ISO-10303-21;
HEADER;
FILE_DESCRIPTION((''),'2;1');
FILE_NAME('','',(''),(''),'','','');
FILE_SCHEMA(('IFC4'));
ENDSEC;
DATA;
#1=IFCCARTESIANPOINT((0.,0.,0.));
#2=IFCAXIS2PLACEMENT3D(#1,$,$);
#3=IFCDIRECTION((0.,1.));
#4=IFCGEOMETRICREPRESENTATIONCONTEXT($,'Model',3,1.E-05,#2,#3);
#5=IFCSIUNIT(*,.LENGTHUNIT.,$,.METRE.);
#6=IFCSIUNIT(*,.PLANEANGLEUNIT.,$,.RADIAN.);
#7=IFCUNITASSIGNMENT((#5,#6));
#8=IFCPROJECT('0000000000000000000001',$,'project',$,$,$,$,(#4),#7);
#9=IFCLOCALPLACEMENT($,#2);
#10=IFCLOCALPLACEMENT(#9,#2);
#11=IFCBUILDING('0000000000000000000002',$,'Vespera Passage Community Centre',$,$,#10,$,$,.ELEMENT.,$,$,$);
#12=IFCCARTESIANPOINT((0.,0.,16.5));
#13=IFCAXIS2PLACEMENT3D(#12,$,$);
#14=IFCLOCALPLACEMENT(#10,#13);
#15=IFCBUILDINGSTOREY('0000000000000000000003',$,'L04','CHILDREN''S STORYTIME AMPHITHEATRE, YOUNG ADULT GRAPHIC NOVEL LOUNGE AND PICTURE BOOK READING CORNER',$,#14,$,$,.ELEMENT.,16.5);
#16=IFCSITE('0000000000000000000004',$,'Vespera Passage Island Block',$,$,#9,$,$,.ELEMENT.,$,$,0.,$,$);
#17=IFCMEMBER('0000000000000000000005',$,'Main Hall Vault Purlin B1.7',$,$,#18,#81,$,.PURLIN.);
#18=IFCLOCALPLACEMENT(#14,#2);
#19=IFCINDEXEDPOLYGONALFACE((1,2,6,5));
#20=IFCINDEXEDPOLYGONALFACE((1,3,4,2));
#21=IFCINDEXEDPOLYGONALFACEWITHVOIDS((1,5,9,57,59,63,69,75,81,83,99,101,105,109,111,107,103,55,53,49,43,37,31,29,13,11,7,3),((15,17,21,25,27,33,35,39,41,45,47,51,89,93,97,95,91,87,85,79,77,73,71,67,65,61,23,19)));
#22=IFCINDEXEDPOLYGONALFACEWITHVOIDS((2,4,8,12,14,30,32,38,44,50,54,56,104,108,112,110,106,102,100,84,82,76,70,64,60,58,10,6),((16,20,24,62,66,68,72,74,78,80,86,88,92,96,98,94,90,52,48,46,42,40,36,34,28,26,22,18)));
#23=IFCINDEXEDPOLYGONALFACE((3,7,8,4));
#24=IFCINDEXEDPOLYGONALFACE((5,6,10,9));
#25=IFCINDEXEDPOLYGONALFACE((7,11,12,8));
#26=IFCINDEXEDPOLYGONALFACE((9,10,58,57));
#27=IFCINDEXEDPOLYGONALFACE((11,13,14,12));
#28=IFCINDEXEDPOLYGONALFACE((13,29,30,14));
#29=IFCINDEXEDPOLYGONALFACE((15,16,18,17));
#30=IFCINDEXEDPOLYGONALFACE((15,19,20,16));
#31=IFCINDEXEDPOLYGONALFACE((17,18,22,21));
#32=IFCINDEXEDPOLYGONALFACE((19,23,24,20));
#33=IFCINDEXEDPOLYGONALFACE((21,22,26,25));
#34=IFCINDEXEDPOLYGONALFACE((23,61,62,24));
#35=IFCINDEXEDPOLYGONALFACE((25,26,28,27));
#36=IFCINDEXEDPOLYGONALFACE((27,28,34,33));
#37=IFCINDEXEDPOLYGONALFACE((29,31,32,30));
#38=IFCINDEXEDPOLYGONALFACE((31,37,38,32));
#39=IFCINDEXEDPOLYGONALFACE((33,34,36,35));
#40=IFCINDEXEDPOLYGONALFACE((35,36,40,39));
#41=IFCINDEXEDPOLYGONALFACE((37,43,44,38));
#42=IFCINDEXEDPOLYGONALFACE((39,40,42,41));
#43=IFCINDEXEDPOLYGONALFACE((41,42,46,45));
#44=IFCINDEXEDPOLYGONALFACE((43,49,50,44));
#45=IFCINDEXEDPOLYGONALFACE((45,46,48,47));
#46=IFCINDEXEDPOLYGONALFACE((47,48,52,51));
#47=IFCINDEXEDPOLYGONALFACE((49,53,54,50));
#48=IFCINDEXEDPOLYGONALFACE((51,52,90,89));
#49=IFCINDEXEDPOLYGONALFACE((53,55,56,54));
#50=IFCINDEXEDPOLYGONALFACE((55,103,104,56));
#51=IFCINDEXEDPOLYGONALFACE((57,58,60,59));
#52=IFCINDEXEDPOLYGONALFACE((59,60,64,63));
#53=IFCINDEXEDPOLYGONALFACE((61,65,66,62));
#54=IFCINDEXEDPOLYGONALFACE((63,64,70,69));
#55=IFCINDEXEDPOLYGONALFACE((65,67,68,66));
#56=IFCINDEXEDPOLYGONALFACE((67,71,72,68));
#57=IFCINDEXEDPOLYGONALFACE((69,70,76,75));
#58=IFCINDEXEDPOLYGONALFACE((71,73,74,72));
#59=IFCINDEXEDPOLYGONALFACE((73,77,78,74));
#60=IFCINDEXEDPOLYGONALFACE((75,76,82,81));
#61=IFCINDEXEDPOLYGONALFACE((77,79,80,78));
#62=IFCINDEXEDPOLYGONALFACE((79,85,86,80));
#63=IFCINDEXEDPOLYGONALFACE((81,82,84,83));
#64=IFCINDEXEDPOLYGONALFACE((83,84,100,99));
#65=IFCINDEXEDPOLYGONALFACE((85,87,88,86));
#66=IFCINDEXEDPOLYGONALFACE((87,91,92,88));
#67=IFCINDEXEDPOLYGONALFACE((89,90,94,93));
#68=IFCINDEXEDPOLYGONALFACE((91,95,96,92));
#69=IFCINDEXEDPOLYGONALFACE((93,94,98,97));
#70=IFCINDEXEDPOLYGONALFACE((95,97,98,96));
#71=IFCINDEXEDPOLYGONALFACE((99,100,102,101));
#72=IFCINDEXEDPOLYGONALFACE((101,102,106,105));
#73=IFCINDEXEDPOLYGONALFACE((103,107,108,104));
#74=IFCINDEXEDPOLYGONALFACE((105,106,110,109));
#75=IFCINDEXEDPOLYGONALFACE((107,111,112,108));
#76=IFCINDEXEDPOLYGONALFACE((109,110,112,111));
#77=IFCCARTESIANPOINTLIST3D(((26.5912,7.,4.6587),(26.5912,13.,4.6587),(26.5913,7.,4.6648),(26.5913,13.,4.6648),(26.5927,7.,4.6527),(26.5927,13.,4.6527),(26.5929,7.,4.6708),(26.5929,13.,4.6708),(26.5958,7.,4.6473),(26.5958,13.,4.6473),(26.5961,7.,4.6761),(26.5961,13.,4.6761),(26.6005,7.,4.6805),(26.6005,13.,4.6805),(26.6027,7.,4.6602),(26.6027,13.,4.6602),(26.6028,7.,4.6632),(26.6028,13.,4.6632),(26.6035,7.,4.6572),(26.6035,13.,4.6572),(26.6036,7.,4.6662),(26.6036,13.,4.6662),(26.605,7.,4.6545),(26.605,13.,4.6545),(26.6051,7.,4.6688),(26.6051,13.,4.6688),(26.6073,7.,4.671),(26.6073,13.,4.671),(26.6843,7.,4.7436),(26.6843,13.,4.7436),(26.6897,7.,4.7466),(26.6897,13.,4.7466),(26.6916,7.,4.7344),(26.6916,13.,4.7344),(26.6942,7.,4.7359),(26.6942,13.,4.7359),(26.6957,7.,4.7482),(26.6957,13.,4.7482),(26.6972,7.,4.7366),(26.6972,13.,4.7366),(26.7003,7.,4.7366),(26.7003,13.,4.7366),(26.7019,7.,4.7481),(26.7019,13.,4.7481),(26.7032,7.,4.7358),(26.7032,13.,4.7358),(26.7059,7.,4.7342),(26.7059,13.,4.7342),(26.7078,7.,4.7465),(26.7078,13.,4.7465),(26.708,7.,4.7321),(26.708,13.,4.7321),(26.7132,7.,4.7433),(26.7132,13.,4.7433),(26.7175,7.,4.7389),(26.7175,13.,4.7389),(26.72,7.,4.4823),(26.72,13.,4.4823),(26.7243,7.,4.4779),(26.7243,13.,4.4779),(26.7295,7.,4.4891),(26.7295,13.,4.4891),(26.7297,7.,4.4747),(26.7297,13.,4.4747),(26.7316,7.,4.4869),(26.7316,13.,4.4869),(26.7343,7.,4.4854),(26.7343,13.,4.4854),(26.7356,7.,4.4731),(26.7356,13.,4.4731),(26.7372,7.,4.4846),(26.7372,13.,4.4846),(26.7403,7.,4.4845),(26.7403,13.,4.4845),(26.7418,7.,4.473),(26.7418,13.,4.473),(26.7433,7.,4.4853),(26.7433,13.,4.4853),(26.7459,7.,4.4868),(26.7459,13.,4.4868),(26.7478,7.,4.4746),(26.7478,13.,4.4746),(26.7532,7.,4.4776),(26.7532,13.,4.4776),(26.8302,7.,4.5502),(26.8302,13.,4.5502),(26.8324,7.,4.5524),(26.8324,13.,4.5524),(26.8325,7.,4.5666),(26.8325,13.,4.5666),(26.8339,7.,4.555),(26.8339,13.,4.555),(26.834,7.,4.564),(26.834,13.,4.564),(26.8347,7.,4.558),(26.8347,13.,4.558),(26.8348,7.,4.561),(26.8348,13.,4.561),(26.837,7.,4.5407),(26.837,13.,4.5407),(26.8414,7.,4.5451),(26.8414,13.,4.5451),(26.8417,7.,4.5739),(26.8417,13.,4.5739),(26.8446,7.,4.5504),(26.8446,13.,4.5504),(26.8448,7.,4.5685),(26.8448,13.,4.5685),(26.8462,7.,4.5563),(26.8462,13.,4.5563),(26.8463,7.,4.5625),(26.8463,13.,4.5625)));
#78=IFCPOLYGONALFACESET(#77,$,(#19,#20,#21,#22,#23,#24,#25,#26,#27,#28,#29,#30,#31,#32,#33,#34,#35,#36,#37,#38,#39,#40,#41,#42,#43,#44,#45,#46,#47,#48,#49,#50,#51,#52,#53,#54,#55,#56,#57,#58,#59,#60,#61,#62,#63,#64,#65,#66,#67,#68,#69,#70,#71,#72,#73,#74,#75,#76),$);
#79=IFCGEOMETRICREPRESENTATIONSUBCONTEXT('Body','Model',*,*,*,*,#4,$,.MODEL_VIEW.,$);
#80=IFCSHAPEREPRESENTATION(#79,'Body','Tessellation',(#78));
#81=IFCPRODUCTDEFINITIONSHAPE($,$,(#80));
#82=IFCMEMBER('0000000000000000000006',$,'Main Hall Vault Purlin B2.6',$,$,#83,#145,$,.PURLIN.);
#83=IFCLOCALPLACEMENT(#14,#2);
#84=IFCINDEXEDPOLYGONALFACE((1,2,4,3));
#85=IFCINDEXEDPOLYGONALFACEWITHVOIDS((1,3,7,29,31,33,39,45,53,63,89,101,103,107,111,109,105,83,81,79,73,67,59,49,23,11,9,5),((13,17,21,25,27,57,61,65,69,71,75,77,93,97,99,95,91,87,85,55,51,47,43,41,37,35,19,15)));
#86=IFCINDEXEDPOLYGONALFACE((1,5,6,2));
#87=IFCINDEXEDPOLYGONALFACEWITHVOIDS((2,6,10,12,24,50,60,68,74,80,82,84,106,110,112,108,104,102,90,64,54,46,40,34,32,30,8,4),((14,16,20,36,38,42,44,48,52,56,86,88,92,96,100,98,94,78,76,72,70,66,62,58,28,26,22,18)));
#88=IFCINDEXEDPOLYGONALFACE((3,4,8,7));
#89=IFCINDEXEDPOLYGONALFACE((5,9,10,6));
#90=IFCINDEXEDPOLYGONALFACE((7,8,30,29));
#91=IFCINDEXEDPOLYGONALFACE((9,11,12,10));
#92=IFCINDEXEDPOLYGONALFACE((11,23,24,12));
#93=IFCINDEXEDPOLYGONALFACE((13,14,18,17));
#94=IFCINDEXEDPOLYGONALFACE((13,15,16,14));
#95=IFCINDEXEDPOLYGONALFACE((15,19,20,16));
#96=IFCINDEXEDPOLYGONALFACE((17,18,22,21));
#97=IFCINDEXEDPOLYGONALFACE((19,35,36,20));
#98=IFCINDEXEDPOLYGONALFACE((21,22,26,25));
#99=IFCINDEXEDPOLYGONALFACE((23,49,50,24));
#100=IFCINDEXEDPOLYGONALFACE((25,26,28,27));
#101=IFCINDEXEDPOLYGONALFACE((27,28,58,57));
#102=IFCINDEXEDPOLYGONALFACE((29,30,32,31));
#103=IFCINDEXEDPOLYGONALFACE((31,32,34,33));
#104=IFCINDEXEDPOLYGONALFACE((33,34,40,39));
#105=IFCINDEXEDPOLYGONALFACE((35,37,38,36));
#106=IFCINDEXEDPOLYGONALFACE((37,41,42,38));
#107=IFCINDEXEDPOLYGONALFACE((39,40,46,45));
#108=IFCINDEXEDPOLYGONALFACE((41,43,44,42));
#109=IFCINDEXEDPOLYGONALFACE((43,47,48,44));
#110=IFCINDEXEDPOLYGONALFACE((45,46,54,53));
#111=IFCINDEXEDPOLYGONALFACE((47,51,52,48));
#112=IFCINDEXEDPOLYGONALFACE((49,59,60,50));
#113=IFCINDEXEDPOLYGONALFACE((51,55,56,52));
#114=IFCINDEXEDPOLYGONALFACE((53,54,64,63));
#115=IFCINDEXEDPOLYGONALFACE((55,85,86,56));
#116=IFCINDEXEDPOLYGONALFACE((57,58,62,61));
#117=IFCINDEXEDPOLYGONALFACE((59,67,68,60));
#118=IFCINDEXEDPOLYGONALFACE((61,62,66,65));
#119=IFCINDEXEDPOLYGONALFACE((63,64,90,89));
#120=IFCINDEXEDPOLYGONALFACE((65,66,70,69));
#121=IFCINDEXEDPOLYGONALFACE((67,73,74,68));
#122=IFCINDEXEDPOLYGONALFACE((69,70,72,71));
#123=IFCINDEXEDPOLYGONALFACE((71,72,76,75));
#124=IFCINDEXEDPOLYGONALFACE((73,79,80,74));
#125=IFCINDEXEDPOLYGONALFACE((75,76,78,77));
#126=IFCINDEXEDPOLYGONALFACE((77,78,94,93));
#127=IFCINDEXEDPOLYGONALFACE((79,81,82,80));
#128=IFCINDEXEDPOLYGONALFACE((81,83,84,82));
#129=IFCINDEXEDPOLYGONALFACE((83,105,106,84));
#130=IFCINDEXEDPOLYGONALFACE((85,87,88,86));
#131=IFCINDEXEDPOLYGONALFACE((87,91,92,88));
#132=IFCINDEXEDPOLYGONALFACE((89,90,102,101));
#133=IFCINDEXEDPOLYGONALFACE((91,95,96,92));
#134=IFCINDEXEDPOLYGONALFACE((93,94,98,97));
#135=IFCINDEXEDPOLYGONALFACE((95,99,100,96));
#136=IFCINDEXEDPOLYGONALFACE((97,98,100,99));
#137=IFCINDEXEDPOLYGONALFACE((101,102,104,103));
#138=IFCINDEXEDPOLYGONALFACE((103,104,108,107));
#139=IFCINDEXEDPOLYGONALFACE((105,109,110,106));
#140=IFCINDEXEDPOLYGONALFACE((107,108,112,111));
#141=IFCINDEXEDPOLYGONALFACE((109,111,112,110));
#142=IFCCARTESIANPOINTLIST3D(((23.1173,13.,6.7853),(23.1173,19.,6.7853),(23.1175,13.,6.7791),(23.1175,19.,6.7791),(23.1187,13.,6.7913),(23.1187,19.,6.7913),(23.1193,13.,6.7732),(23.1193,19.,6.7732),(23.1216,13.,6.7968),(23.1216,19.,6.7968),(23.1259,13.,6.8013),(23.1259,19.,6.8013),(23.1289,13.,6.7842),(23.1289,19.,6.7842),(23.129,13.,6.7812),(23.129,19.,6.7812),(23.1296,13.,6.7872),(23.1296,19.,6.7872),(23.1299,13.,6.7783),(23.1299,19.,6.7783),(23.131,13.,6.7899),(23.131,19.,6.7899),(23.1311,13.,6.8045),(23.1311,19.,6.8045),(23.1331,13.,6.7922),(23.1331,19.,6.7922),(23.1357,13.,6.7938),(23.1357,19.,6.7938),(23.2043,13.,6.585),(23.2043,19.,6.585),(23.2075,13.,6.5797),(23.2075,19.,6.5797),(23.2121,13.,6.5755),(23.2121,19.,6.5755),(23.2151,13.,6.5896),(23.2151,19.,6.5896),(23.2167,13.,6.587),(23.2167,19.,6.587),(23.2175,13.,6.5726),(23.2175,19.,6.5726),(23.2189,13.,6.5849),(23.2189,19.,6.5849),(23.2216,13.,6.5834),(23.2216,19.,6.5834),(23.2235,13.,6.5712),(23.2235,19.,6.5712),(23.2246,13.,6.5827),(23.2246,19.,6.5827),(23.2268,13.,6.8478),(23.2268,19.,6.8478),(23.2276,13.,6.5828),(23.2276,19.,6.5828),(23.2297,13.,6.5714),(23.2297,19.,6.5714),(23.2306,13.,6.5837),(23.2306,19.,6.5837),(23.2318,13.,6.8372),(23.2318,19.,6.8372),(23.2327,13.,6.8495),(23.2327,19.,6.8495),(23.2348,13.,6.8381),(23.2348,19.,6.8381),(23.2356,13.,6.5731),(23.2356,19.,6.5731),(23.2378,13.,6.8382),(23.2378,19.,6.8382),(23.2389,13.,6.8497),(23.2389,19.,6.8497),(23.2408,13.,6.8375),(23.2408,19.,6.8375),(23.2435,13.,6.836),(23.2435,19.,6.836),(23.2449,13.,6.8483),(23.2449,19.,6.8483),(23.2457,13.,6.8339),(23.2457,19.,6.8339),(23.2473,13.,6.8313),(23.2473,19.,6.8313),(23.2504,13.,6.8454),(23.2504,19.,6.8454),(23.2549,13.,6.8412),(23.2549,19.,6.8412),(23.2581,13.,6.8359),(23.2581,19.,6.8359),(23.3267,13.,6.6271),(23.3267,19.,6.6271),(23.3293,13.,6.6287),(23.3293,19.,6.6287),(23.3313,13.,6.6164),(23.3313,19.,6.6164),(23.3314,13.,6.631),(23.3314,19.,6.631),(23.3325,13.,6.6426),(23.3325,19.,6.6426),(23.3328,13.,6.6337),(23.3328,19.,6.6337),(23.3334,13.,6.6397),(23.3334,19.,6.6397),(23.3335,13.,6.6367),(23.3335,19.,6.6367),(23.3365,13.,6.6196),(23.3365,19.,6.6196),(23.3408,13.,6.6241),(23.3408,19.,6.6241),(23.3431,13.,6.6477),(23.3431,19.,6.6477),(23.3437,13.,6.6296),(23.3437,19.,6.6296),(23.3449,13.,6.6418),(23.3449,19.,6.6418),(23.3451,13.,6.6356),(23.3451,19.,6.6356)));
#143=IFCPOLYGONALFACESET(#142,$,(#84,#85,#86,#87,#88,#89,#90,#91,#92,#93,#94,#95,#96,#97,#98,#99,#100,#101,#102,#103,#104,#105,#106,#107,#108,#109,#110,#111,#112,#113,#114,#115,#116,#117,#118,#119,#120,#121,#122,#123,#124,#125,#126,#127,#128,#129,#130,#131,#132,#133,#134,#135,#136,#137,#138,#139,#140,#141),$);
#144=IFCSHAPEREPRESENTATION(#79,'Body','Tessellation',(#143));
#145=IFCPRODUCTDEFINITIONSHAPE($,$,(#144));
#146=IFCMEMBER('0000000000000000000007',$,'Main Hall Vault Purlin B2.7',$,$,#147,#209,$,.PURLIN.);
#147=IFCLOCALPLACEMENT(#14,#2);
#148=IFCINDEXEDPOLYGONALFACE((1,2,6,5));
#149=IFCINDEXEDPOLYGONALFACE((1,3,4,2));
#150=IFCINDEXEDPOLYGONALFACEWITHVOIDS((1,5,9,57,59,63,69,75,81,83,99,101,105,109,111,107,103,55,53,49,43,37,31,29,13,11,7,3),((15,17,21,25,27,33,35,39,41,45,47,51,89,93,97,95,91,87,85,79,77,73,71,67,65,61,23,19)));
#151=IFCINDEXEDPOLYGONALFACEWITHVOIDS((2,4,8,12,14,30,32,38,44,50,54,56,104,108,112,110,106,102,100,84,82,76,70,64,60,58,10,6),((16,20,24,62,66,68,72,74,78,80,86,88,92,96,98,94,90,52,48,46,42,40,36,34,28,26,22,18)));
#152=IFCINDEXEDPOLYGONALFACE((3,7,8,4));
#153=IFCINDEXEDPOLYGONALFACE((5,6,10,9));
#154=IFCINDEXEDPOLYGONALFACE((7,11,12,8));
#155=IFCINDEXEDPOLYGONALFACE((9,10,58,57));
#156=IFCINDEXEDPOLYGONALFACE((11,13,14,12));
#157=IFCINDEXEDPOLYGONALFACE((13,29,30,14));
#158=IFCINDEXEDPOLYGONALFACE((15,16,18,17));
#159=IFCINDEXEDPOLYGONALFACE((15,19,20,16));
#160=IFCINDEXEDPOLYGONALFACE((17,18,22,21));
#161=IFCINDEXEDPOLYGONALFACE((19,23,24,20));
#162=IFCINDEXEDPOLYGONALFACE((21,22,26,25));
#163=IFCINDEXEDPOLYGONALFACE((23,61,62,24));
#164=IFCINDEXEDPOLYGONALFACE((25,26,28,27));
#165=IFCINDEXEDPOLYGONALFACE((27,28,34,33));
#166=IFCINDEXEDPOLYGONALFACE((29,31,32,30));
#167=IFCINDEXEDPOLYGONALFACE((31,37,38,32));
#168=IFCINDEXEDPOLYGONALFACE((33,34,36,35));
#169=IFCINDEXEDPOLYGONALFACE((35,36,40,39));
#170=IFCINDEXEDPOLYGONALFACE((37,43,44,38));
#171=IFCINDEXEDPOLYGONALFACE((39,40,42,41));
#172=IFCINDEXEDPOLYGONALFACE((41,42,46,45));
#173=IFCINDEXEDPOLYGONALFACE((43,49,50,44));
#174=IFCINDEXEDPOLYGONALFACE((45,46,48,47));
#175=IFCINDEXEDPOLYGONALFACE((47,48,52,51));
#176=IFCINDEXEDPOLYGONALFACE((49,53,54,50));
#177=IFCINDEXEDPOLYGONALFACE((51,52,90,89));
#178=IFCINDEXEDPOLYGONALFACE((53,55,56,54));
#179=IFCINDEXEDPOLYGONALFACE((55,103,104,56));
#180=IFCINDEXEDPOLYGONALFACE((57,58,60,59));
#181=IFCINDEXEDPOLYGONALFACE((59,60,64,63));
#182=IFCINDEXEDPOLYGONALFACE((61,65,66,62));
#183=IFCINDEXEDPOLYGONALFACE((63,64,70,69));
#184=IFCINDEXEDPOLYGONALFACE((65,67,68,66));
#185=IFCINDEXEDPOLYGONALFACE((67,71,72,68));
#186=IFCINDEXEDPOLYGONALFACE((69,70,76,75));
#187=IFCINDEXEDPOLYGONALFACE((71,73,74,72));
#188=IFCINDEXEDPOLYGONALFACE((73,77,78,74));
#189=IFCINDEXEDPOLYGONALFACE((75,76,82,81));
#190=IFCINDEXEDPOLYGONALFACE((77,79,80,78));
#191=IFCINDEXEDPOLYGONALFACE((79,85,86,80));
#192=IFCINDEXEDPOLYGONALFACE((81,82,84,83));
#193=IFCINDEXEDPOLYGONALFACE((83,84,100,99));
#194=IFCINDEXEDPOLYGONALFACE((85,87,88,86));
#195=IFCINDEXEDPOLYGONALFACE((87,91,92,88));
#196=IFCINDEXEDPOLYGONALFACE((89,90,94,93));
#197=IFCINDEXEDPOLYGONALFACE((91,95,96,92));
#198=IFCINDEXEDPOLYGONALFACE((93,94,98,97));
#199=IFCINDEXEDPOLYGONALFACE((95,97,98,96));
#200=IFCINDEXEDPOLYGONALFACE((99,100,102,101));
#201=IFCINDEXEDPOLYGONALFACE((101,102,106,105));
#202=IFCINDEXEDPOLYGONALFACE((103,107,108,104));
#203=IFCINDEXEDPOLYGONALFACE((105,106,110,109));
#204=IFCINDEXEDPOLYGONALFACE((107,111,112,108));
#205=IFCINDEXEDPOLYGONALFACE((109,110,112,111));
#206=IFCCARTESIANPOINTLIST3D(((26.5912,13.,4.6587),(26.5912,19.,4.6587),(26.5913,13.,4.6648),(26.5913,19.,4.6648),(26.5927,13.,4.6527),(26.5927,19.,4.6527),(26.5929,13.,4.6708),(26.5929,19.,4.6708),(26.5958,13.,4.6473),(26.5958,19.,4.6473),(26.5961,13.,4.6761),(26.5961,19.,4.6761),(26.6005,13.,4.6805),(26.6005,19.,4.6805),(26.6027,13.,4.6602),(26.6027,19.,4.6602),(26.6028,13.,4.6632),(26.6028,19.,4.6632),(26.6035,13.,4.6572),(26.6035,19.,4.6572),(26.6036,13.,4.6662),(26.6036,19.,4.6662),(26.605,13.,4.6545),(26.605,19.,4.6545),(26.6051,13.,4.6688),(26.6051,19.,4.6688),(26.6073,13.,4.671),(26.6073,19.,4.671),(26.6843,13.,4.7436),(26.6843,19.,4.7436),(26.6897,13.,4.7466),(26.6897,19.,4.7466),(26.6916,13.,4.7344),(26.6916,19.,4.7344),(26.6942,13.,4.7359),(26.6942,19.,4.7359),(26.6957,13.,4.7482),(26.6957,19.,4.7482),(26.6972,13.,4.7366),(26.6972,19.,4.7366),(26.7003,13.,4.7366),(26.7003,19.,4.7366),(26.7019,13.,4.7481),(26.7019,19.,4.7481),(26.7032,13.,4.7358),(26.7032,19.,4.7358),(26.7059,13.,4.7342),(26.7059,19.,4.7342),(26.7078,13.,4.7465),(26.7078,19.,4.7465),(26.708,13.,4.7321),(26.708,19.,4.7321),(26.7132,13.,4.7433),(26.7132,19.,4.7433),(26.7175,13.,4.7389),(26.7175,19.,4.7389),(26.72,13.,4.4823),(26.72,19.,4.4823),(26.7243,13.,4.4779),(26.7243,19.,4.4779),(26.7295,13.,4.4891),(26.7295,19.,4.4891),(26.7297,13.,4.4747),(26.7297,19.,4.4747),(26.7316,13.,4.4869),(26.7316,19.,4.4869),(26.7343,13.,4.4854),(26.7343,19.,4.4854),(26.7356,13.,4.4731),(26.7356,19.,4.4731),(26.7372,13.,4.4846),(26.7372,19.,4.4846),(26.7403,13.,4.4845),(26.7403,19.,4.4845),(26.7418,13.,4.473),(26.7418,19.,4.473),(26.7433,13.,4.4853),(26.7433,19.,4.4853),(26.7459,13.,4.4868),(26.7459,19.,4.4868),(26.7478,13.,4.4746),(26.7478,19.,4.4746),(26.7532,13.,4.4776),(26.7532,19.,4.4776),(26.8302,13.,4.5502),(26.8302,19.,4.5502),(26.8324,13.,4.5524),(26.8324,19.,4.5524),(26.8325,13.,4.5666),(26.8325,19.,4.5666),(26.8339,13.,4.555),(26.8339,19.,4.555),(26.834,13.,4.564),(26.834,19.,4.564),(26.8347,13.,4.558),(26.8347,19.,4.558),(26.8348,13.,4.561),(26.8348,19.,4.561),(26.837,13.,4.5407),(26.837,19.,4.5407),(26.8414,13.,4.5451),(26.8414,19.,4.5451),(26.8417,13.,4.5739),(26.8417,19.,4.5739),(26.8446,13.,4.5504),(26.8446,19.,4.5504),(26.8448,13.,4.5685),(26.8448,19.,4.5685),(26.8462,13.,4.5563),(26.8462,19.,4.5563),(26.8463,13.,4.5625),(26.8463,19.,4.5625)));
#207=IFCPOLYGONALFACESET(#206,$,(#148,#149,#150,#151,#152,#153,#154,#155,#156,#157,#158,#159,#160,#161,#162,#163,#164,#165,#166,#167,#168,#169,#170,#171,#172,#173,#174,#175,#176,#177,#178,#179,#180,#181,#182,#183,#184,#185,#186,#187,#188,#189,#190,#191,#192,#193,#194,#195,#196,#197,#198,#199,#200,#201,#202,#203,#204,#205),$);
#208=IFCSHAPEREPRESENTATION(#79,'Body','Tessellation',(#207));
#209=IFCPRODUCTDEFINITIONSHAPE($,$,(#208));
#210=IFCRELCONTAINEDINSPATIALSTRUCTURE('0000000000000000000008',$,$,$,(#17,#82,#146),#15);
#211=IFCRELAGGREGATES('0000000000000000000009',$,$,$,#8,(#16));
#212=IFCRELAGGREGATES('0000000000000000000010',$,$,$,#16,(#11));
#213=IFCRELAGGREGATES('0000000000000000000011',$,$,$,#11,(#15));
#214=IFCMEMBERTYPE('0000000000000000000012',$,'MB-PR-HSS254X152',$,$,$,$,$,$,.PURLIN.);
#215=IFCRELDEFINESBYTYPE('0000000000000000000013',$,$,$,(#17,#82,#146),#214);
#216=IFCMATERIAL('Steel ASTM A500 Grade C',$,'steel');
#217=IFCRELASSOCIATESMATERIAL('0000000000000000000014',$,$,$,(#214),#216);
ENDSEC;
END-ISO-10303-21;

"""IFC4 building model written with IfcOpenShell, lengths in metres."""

from ifc_helpers import new_model, si_unit, direction, frame, origin, origin_2d, place, context, subcontext, project, spatial, hollow_rectangle, extrude, material, material_profile, profile_set, type_object, element, save


model = new_model("IFC4")

# Units and contexts
model_context = context("Model", 3, precision=1e-05, world=origin(), true_north=direction((0.0, 1.0)))
body_context = subcontext(model_context, "Body", "Model", "MODEL_VIEW")
ifc_project = project(units=[si_unit("LENGTHUNIT", "METRE"), si_unit("PLANEANGLEUNIT", "RADIAN")], contexts=[model_context])

# Site, building, storey
site_placement = place(None, origin())
site = spatial("IfcSite", under=ifc_project, at=site_placement, Name="Vespera Passage Island Block", CompositionType="ELEMENT", RefElevation=0.0)
building_placement = place(site_placement, origin())
building = spatial("IfcBuilding", under=site, at=building_placement, Name="Vespera Passage Community Centre", CompositionType="ELEMENT")
storey_placement = place(building_placement, frame((0.0, 0.0, 16.5)))
storey = spatial("IfcBuildingStorey", under=building, at=storey_placement, Name="L04", Description="CHILDREN'S STORYTIME AMPHITHEATRE, YOUNG ADULT GRAPHIC NOVEL LOUNGE AND PICTURE BOOK READING CORNER", CompositionType="ELEMENT", Elevation=16.5)

# Members
ifc_material_1 = material(Name="Steel ASTM A500 Grade C", Category="steel")
ifc_material_profile_1 = material_profile(ifc_material_1, hollow_rectangle(XDim=0.1523, YDim=0.2539, WallThickness=0.0117, InnerFilletRadius=0.0117, OuterFilletRadius=0.0237, at=origin_2d()), Name="HSS254X152X12.7")
ifc_profile_set_1 = profile_set([ifc_material_profile_1], Name="Steel ASTM A500 Grade C")
member_type_1 = type_object("IfcMemberType", Name="MB-PR-HSS254X152", PredefinedType="PURLIN", material=ifc_profile_set_1)
for number, where, z_axis, x_axis, name in (
    (1, (26.7188, 7.0, 4.6106), (0.0, 1.0, 0.0), (-0.798972, 0.0, -0.601369), "Main Hall Vault Purlin B1.7"),
    (2, (23.2312, 13.0, 6.7104), (0.0, 1.0, 0.0), (-0.911367, 0.0, -0.411594), "Main Hall Vault Purlin B2.6"),
    (3, (26.7188, 13.0, 4.6106), (0.0, 1.0, 0.0), (-0.798972, 0.0, -0.601369), "Main Hall Vault Purlin B2.7"),
):
    element("IfcMember", number, at=place(storey_placement, frame(where, z_axis=z_axis, x_axis=x_axis)), inside=storey, type_object=member_type_1, Name=name, PredefinedType="PURLIN", context=body_context, shape_type="SweptSolid", body=[
        extrude(hollow_rectangle(XDim=0.1523, YDim=0.2539, WallThickness=0.0117, InnerFilletRadius=0.0117, OuterFilletRadius=0.0237, at=origin_2d()), origin(), (0.0, 0.0, 1.0), 6.0),
    ])

save(model, "model.ifc")
